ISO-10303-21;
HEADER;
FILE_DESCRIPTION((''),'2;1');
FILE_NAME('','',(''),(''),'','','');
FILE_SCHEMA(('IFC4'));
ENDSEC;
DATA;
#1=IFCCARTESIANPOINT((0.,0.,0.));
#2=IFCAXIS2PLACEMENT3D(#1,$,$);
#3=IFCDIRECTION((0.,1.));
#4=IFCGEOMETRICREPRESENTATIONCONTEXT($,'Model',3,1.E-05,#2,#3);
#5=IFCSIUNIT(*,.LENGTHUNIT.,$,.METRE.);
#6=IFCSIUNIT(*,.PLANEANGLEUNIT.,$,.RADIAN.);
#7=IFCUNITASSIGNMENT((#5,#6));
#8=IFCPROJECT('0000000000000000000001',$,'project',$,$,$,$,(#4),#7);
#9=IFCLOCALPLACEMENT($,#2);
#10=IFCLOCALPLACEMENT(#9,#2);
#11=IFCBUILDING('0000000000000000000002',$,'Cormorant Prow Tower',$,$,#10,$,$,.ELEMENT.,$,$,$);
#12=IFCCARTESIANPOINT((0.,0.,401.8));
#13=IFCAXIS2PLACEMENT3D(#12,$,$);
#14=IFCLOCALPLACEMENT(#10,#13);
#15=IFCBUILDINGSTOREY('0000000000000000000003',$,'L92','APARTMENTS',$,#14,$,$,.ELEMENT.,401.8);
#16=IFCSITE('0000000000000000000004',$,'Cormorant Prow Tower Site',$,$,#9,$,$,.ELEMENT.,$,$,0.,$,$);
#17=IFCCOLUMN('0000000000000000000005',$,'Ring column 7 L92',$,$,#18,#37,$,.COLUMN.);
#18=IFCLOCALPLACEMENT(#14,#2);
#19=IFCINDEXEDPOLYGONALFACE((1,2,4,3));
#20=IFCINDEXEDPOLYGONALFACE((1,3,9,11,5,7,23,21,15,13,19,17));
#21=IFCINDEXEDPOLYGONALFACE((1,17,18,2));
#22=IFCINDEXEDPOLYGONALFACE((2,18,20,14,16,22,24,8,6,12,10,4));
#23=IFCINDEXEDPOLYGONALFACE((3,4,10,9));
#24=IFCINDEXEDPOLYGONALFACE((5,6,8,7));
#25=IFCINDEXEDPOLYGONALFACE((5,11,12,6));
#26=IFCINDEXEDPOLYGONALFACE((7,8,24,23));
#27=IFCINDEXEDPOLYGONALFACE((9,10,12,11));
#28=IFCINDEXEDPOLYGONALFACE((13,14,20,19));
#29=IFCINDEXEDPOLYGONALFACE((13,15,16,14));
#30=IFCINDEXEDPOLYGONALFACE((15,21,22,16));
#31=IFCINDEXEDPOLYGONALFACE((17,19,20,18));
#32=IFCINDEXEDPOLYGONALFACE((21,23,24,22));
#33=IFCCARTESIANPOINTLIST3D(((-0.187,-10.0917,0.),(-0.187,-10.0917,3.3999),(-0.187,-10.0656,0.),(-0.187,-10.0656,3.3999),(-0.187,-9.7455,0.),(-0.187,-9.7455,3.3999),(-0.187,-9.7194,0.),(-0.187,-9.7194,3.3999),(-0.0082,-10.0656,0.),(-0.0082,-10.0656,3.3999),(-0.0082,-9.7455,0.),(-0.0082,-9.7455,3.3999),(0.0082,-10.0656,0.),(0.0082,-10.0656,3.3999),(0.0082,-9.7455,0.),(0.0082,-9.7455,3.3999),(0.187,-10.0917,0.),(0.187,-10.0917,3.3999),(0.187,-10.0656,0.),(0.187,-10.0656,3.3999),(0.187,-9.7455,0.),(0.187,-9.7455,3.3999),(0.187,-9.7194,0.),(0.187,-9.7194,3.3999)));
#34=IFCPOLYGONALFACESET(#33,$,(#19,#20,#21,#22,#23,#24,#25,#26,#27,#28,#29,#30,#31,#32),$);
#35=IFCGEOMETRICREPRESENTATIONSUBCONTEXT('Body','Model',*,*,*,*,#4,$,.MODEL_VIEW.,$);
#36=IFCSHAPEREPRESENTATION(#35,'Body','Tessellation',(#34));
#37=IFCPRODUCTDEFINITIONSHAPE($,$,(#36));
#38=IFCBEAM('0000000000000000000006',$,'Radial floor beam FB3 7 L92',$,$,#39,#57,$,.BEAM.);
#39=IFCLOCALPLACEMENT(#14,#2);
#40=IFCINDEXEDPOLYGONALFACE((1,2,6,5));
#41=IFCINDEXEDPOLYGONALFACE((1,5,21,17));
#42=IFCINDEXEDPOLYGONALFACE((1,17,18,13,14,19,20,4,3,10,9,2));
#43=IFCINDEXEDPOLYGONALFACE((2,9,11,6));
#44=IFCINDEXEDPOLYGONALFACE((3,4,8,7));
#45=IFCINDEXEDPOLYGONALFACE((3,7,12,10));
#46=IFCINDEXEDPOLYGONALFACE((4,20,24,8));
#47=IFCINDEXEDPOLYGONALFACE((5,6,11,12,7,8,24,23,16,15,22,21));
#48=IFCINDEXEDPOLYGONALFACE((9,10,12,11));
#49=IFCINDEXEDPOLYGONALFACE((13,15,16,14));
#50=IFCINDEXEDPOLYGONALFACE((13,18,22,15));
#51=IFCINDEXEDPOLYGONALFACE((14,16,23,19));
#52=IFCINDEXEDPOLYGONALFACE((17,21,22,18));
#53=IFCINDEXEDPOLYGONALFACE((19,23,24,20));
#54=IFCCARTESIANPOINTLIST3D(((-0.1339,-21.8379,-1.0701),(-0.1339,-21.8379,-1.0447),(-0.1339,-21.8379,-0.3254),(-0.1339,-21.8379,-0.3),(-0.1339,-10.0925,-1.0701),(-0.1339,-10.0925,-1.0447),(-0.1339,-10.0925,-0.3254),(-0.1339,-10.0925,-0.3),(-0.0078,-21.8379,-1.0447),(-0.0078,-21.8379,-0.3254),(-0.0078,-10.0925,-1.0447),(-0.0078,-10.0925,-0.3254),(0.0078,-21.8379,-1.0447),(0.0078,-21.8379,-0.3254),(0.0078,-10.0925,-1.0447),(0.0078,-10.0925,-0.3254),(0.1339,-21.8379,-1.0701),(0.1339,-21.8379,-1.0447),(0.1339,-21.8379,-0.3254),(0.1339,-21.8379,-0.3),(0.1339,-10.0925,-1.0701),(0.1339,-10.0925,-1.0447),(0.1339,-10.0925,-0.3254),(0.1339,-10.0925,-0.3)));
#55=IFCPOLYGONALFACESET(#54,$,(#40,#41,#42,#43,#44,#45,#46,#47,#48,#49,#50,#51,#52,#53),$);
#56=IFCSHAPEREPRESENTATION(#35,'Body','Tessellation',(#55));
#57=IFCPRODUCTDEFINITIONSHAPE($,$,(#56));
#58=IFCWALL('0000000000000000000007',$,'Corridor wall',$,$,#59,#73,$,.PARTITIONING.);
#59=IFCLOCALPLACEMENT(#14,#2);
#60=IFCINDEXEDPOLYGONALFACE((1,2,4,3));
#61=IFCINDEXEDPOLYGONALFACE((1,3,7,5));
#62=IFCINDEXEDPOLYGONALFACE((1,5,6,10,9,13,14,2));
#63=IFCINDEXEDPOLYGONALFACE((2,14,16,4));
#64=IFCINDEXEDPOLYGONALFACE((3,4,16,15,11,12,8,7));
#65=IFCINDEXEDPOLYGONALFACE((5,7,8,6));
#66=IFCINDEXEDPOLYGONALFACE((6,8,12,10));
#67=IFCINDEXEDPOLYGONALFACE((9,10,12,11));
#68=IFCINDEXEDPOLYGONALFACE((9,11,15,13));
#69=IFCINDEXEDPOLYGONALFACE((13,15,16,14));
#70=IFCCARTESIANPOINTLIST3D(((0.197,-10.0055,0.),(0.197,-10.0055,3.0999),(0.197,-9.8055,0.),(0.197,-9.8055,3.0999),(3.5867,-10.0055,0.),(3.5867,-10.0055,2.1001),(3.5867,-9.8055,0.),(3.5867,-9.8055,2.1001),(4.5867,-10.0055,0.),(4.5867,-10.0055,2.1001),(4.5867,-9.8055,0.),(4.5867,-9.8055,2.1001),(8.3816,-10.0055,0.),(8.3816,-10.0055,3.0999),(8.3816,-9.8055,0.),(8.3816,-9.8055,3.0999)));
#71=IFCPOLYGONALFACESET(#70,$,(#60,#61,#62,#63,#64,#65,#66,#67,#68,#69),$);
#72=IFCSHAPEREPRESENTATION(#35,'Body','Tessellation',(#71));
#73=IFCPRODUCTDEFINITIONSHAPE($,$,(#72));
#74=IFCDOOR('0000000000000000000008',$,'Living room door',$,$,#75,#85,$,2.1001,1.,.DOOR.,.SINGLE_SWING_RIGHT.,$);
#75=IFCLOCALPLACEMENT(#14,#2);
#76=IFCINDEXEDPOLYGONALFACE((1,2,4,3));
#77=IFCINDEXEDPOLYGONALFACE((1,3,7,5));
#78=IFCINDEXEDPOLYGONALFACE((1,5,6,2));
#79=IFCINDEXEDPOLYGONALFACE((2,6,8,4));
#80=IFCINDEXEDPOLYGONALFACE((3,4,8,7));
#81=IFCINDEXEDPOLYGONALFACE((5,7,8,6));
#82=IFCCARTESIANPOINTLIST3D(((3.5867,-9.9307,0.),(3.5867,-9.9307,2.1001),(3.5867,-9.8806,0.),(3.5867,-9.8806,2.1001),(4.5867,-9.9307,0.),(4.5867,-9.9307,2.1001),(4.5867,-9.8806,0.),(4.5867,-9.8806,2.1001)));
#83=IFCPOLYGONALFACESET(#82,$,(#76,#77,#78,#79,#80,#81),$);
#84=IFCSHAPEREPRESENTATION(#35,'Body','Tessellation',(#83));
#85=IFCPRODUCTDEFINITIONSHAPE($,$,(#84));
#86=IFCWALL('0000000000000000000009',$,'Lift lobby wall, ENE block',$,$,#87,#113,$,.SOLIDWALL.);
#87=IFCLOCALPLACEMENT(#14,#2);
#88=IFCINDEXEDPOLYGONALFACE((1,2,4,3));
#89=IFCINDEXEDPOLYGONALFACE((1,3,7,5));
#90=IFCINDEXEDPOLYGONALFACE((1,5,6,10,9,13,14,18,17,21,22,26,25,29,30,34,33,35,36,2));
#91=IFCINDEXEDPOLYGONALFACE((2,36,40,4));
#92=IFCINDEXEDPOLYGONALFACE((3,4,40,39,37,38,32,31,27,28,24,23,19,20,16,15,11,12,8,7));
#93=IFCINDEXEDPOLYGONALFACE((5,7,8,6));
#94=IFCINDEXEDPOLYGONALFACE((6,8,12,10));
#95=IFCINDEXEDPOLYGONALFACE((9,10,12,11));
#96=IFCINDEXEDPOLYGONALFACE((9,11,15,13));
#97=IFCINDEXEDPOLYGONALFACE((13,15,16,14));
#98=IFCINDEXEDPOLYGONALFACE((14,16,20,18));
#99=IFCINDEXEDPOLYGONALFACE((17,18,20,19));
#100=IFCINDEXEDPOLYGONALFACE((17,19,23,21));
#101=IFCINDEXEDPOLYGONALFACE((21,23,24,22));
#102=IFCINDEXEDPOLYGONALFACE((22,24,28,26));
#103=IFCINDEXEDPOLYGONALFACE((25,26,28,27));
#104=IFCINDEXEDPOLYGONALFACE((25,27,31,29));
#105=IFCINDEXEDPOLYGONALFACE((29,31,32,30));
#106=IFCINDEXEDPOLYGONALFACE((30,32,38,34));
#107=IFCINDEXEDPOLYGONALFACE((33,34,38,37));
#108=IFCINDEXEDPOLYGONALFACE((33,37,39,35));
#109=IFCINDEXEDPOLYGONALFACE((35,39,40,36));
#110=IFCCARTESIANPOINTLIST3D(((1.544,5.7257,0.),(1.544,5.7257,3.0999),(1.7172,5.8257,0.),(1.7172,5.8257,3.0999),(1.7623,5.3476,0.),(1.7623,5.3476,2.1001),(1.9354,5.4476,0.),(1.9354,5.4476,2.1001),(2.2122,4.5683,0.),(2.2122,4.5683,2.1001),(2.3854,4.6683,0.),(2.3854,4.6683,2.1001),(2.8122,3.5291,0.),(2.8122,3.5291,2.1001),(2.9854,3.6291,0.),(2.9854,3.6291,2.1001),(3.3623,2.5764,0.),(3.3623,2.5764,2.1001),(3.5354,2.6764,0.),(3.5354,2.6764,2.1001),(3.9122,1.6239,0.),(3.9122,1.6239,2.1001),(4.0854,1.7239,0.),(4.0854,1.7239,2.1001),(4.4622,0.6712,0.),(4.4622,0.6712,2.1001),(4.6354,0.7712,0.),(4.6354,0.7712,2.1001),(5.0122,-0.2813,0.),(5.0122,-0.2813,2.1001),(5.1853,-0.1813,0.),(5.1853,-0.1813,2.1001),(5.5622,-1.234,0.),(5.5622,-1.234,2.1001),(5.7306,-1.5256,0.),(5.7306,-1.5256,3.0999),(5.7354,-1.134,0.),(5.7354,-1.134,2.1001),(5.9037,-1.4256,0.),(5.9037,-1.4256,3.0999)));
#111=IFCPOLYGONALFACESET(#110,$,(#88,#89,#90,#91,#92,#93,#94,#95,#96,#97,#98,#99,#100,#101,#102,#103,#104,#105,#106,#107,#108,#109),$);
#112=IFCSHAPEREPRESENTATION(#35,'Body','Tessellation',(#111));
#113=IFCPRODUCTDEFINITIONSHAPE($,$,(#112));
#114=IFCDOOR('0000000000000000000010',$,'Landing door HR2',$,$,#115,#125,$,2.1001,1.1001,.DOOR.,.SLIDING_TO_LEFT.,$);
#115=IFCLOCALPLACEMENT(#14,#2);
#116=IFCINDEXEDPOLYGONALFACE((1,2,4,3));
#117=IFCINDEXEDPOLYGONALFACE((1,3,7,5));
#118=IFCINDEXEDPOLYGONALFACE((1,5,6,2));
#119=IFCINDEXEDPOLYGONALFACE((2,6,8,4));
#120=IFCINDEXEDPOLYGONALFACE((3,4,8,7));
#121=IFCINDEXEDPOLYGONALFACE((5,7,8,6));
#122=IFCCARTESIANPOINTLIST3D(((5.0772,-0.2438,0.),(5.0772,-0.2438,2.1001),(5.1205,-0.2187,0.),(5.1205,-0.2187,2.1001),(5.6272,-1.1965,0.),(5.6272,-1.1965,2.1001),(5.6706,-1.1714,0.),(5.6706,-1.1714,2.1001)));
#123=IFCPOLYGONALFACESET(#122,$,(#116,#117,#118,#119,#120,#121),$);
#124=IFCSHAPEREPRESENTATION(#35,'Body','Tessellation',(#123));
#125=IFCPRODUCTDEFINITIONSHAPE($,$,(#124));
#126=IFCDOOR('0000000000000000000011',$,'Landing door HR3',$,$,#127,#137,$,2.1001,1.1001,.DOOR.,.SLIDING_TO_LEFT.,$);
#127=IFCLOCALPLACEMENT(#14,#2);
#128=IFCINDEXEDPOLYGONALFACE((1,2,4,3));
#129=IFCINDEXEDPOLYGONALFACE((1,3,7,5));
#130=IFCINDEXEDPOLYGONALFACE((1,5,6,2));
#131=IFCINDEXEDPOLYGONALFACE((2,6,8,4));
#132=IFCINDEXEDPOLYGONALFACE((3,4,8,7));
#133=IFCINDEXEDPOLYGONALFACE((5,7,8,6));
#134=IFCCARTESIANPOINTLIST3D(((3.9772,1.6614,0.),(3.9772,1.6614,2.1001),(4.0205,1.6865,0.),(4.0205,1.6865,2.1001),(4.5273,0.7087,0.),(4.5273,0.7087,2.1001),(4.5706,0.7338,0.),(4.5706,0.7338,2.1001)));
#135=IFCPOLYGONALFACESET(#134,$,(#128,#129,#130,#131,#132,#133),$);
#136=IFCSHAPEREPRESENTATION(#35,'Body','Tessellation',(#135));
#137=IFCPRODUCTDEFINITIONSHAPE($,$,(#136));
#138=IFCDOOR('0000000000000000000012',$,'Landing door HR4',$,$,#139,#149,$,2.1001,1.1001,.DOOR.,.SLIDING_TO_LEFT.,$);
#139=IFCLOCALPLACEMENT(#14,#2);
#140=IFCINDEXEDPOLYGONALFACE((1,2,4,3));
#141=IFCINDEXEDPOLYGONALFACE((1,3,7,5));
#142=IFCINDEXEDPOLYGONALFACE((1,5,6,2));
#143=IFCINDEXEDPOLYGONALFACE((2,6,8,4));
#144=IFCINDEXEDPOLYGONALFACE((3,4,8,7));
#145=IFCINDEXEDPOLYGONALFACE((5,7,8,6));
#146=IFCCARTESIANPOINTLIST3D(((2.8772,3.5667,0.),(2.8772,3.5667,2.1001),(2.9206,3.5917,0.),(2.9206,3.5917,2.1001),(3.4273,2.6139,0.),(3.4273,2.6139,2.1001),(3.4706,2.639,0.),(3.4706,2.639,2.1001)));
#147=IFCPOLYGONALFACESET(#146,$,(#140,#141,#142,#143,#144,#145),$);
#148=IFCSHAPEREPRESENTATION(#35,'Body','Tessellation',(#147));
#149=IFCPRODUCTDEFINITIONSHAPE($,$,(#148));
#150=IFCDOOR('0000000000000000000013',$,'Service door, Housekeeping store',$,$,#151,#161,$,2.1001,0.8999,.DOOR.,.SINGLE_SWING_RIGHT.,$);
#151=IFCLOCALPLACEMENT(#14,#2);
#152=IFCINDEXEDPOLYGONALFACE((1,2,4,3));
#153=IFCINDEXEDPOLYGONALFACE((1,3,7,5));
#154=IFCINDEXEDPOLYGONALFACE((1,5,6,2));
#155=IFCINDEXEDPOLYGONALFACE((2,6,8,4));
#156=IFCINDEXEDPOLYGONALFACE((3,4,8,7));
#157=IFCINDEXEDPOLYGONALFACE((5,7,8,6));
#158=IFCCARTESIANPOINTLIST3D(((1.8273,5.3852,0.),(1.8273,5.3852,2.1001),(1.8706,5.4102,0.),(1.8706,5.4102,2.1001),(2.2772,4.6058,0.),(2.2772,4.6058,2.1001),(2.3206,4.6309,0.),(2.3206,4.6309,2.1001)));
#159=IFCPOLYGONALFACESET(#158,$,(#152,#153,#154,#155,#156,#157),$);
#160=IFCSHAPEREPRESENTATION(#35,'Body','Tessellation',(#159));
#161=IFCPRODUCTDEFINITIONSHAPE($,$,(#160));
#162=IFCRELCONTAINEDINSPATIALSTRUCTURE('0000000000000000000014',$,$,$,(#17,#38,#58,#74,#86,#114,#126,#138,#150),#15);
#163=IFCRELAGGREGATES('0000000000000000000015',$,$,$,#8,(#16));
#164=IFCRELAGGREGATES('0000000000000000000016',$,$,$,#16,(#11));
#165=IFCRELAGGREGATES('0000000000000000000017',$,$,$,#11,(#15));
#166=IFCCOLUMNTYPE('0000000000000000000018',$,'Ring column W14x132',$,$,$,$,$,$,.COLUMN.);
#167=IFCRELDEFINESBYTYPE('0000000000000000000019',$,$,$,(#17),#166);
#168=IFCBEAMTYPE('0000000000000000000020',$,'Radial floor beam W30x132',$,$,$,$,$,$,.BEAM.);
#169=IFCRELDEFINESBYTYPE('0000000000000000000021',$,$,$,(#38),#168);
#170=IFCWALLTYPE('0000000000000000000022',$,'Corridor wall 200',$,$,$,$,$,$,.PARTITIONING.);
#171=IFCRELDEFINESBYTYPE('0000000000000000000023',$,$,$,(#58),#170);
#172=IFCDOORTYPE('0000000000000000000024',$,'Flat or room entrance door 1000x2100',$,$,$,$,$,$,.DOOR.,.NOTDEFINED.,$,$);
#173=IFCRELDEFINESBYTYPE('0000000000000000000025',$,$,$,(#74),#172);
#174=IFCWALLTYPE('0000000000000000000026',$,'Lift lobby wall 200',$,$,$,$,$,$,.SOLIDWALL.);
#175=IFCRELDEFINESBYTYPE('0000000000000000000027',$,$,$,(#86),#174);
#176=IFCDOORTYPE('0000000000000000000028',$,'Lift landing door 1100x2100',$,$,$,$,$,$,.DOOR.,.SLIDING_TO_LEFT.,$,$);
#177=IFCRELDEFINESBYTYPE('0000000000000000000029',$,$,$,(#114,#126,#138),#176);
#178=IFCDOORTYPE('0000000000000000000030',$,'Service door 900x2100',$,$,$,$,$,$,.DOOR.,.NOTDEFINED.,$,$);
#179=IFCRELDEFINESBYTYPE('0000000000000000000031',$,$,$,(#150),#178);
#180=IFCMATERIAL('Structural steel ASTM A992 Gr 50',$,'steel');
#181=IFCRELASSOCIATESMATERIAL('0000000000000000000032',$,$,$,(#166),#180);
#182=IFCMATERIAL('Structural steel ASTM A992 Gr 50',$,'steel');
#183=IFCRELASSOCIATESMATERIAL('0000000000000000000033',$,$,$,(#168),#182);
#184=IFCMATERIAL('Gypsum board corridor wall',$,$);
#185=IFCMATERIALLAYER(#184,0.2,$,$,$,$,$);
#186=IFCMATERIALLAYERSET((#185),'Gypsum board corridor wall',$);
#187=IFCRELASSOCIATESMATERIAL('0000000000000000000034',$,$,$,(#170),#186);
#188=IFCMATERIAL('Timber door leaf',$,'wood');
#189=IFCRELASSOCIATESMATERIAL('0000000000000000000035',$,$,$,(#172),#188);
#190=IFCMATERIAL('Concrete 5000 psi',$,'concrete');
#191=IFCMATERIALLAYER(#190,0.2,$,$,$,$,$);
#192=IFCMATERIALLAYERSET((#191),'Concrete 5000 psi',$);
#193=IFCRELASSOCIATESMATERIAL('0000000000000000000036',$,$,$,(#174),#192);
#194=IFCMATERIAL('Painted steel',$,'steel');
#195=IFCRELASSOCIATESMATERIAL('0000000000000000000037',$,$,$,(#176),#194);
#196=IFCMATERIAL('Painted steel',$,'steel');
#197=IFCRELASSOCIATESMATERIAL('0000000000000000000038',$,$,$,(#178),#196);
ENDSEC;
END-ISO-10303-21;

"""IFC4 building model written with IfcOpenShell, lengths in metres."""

from ifc_helpers import new_model, si_unit, direction, frame, frame_2d, origin, origin_2d, place, context, subcontext, project, spatial, rectangle, i_section, extrude, material, layer, layer_set, material_profile, profile_set, type_object, element, fill, save


model = new_model("IFC4")

# Units and contexts
model_context = context("Model", 3, precision=1e-05, world=origin(), true_north=direction((0.0, 1.0)))
body_context = subcontext(model_context, "Body", "Model", "MODEL_VIEW")
ifc_project = project(units=[si_unit("LENGTHUNIT", "METRE"), si_unit("PLANEANGLEUNIT", "RADIAN")], contexts=[model_context])

# Site, building, storey
site_placement = place(None, origin())
site = spatial("IfcSite", under=ifc_project, at=site_placement, Name="Cormorant Prow Tower Site", CompositionType="ELEMENT", RefElevation=0.0)
building_placement = place(site_placement, origin())
building = spatial("IfcBuilding", under=site, at=building_placement, Name="Cormorant Prow Tower", CompositionType="ELEMENT")
storey_placement = place(building_placement, frame((0.0, 0.0, 401.8)))
storey = spatial("IfcBuildingStorey", under=building, at=storey_placement, Name="L92", Description="APARTMENTS", CompositionType="ELEMENT", Elevation=401.8)

# Column
ifc_material_1 = material(Name="Structural steel ASTM A992 Gr 50", Category="steel")
ifc_material_profile_1 = material_profile(ifc_material_1, i_section(OverallWidth=0.374, OverallDepth=0.3723, WebThickness=0.0164, FlangeThickness=0.0261, at=origin_2d()), Name="W14x132")
ifc_profile_set_1 = profile_set([ifc_material_profile_1], Name="Structural steel ASTM A992 Gr 50")
column_type = type_object("IfcColumnType", Name="Ring column W14x132", PredefinedType="COLUMN", material=ifc_profile_set_1)
column_placement = place(storey_placement, frame((0.0, -9.9055, 0.0), z_axis=(0.0, 0.0, 1.0), x_axis=(1.0, 0.0, 0.0)))
element("IfcColumn", 1, at=column_placement, inside=storey, type_object=column_type, Name="Ring column 7 L92", PredefinedType="COLUMN", context=body_context, shape_type="SweptSolid", body=[
    extrude(i_section(OverallWidth=0.374, OverallDepth=0.3723, WebThickness=0.0164, FlangeThickness=0.0261, at=origin_2d()), origin(), (0.0, 0.0, 1.0), 3.3999),
])

# Beam
ifc_material_2 = material(Name="Structural steel ASTM A992 Gr 50", Category="steel")
ifc_material_profile_2 = material_profile(ifc_material_2, i_section(OverallWidth=0.2678, OverallDepth=0.77, WebThickness=0.0156, FlangeThickness=0.0254, at=origin_2d()), Name="W30x132")
ifc_profile_set_2 = profile_set([ifc_material_profile_2], Name="Structural steel ASTM A992 Gr 50")
beam_type = type_object("IfcBeamType", Name="Radial floor beam W30x132", PredefinedType="BEAM", material=ifc_profile_set_2)
beam_placement = place(storey_placement, frame((0.0, -10.0925, -0.6851), z_axis=(0.0, -1.0, 0.0), x_axis=(1.0, 0.0, 0.0)))
element("IfcBeam", 2, at=beam_placement, inside=storey, type_object=beam_type, Name="Radial floor beam FB3 7 L92", PredefinedType="BEAM", context=body_context, shape_type="SweptSolid", body=[
    extrude(i_section(OverallWidth=0.2678, OverallDepth=0.77, WebThickness=0.0156, FlangeThickness=0.0254, at=origin_2d()), origin(), (0.0, 0.0, 1.0), 11.7454),
])

# Wall, opening, door
ifc_material_3 = material(Name="Gypsum board corridor wall")
ifc_layer_1 = layer(ifc_material_3, 0.2)
ifc_layer_set_1 = layer_set([ifc_layer_1], Name="Gypsum board corridor wall")
wall_type_1 = type_object("IfcWallType", Name="Corridor wall 200", PredefinedType="PARTITIONING", material=ifc_layer_set_1)
wall_1_placement = place(storey_placement, frame((0.197, -9.9055, 0.0), z_axis=(0.0, 0.0, 1.0), x_axis=(1.0, 0.0, 0.0)))
wall_1 = element("IfcWall", 3, at=wall_1_placement, inside=storey, type_object=wall_type_1, Name="Corridor wall", PredefinedType="PARTITIONING", context=body_context, shape_type="SweptSolid", body=[
    extrude(rectangle(XDim=8.1846, YDim=0.2, at=frame_2d((4.0923, 0.0))), origin(), (0.0, 0.0, 1.0), 3.0999),
])
opening_1_placement = place(wall_1_placement, frame((3.3896, 0.0, 0.0)))
opening_1 = element("IfcOpeningElement", 4, at=opening_1_placement, cuts=wall_1, PredefinedType="OPENING", context=body_context, shape_type="SweptSolid", body=[
    extrude(rectangle(XDim=1.0, YDim=2.1001, at=frame_2d((0.5, 1.05))), frame((0.0, 0.1099, 0.0), z_axis=(0.0, -1.0, 0.0), x_axis=(1.0, 0.0, 0.0)), (0.0, 0.0, 1.0), 0.22),
])
ifc_material_4 = material(Name="Timber door leaf", Category="wood")
door_type_1 = type_object("IfcDoorType", Name="Flat or room entrance door 1000x2100", OperationType="NOTDEFINED", PredefinedType="DOOR", material=ifc_material_4)
door_1_placement = place(opening_1_placement, origin())
door_1 = element("IfcDoor", 5, at=door_1_placement, inside=storey, type_object=door_type_1, Name="Living room door", OperationType="SINGLE_SWING_RIGHT", OverallHeight=2.1001, OverallWidth=1.0, PredefinedType="DOOR", context=body_context, shape_type="SweptSolid", body=[
    extrude(rectangle(XDim=1.0, YDim=2.1001, at=frame_2d((0.5, 1.05))), frame((0.0, 0.0249, 0.0), z_axis=(0.0, -1.0, 0.0), x_axis=(1.0, 0.0, 0.0)), (0.0, 0.0, 1.0), 0.05),
])
fill(opening_1, door_1)

# Wall, openings, doors
ifc_material_5 = material(Name="Concrete 5000 psi", Category="concrete")
ifc_layer_2 = layer(ifc_material_5, 0.2)
ifc_layer_set_2 = layer_set([ifc_layer_2], Name="Concrete 5000 psi")
wall_type_2 = type_object("IfcWallType", Name="Lift lobby wall 200", PredefinedType="SOLIDWALL", material=ifc_layer_set_2)
wall_2_placement = place(storey_placement, frame((5.8171, -1.4756, 0.0), z_axis=(0.0, 0.0, 1.0), x_axis=(-0.500003, 0.866024, 0.0)))
wall_2 = element("IfcWall", 6, at=wall_2_placement, inside=storey, type_object=wall_type_2, Name="Lift lobby wall, ENE block", PredefinedType="SOLIDWALL", context=body_context, shape_type="SweptSolid", body=[
    extrude(rectangle(XDim=8.373, YDim=0.2, at=frame_2d((4.1865, 0.0))), origin(), (0.0, 0.0, 1.0), 3.0999),
])
opening_2_placement = place(wall_2_placement, frame((0.3367, 0.0, 0.0)))
opening_2 = element("IfcOpeningElement", 7, at=opening_2_placement, cuts=wall_2, PredefinedType="OPENING", context=body_context, shape_type="SweptSolid", body=[
    extrude(rectangle(XDim=1.1001, YDim=2.1001, at=frame_2d((0.55, 1.05))), frame((0.0, 0.1099, 0.0), z_axis=(0.0, -1.0, 0.0), x_axis=(1.0, 0.0, 0.0)), (0.0, 0.0, 1.0), 0.22),
])
opening_3_placement = place(wall_2_placement, frame((2.5366, 0.0, 0.0)))
opening_3 = element("IfcOpeningElement", 8, at=opening_3_placement, cuts=wall_2, PredefinedType="OPENING", context=body_context, shape_type="SweptSolid", body=[
    extrude(rectangle(XDim=1.1001, YDim=2.1001, at=frame_2d((0.55, 1.05))), frame((0.0, 0.1099, 0.0), z_axis=(0.0, -1.0, 0.0), x_axis=(1.0, 0.0, 0.0)), (0.0, 0.0, 1.0), 0.22),
])
opening_4_placement = place(wall_2_placement, frame((4.7366, 0.0, 0.0)))
opening_4 = element("IfcOpeningElement", 9, at=opening_4_placement, cuts=wall_2, PredefinedType="OPENING", context=body_context, shape_type="SweptSolid", body=[
    extrude(rectangle(XDim=1.1001, YDim=2.1001, at=frame_2d((0.55, 1.05))), frame((0.0, 0.1099, 0.0), z_axis=(0.0, -1.0, 0.0), x_axis=(1.0, 0.0, 0.0)), (0.0, 0.0, 1.0), 0.22),
])
opening_5_placement = place(wall_2_placement, frame((7.0366, 0.0, 0.0)))
opening_5 = element("IfcOpeningElement", 10, at=opening_5_placement, cuts=wall_2, PredefinedType="OPENING", context=body_context, shape_type="SweptSolid", body=[
    extrude(rectangle(XDim=0.8999, YDim=2.1001, at=frame_2d((0.45, 1.05))), frame((0.0, 0.1099, 0.0), z_axis=(0.0, -1.0, 0.0), x_axis=(1.0, 0.0, 0.0)), (0.0, 0.0, 1.0), 0.22),
])
ifc_material_6 = material(Name="Painted steel", Category="steel")
door_type_2 = type_object("IfcDoorType", Name="Lift landing door 1100x2100", OperationType="SLIDING_TO_LEFT", PredefinedType="DOOR", material=ifc_material_6)
door_2_placement = place(opening_2_placement, origin())
door_2 = element("IfcDoor", 11, at=door_2_placement, inside=storey, type_object=door_type_2, Name="Landing door HR2", OperationType="SLIDING_TO_LEFT", OverallHeight=2.1001, OverallWidth=1.1001, PredefinedType="DOOR", context=body_context, shape_type="SweptSolid", body=[
    extrude(rectangle(XDim=1.1001, YDim=2.1001, at=frame_2d((0.55, 1.05))), frame((0.0, 0.0249, 0.0), z_axis=(0.0, -1.0, 0.0), x_axis=(1.0, 0.0, 0.0)), (0.0, 0.0, 1.0), 0.05),
])
fill(opening_2, door_2)
door_3_placement = place(opening_3_placement, origin())
door_3 = element("IfcDoor", 12, at=door_3_placement, inside=storey, type_object=door_type_2, Name="Landing door HR3", OperationType="SLIDING_TO_LEFT", OverallHeight=2.1001, OverallWidth=1.1001, PredefinedType="DOOR", context=body_context, shape_type="SweptSolid", body=[
    extrude(rectangle(XDim=1.1001, YDim=2.1001, at=frame_2d((0.55, 1.05))), frame((0.0, 0.0249, 0.0), z_axis=(0.0, -1.0, 0.0), x_axis=(1.0, 0.0, 0.0)), (0.0, 0.0, 1.0), 0.05),
])
fill(opening_3, door_3)
door_4_placement = place(opening_4_placement, origin())
door_4 = element("IfcDoor", 13, at=door_4_placement, inside=storey, type_object=door_type_2, Name="Landing door HR4", OperationType="SLIDING_TO_LEFT", OverallHeight=2.1001, OverallWidth=1.1001, PredefinedType="DOOR", context=body_context, shape_type="SweptSolid", body=[
    extrude(rectangle(XDim=1.1001, YDim=2.1001, at=frame_2d((0.55, 1.05))), frame((0.0, 0.0249, 0.0), z_axis=(0.0, -1.0, 0.0), x_axis=(1.0, 0.0, 0.0)), (0.0, 0.0, 1.0), 0.05),
])
fill(opening_4, door_4)
ifc_material_7 = material(Name="Painted steel", Category="steel")
door_type_3 = type_object("IfcDoorType", Name="Service door 900x2100", OperationType="NOTDEFINED", PredefinedType="DOOR", material=ifc_material_7)
door_5_placement = place(opening_5_placement, origin())
door_5 = element("IfcDoor", 14, at=door_5_placement, inside=storey, type_object=door_type_3, Name="Service door, Housekeeping store", OperationType="SINGLE_SWING_RIGHT", OverallHeight=2.1001, OverallWidth=0.8999, PredefinedType="DOOR", context=body_context, shape_type="SweptSolid", body=[
    extrude(rectangle(XDim=0.8999, YDim=2.1001, at=frame_2d((0.45, 1.05))), frame((0.0, 0.0249, 0.0), z_axis=(0.0, -1.0, 0.0), x_axis=(1.0, 0.0, 0.0)), (0.0, 0.0, 1.0), 0.05),
])
fill(opening_5, door_5)

save(model, "model.ifc")
